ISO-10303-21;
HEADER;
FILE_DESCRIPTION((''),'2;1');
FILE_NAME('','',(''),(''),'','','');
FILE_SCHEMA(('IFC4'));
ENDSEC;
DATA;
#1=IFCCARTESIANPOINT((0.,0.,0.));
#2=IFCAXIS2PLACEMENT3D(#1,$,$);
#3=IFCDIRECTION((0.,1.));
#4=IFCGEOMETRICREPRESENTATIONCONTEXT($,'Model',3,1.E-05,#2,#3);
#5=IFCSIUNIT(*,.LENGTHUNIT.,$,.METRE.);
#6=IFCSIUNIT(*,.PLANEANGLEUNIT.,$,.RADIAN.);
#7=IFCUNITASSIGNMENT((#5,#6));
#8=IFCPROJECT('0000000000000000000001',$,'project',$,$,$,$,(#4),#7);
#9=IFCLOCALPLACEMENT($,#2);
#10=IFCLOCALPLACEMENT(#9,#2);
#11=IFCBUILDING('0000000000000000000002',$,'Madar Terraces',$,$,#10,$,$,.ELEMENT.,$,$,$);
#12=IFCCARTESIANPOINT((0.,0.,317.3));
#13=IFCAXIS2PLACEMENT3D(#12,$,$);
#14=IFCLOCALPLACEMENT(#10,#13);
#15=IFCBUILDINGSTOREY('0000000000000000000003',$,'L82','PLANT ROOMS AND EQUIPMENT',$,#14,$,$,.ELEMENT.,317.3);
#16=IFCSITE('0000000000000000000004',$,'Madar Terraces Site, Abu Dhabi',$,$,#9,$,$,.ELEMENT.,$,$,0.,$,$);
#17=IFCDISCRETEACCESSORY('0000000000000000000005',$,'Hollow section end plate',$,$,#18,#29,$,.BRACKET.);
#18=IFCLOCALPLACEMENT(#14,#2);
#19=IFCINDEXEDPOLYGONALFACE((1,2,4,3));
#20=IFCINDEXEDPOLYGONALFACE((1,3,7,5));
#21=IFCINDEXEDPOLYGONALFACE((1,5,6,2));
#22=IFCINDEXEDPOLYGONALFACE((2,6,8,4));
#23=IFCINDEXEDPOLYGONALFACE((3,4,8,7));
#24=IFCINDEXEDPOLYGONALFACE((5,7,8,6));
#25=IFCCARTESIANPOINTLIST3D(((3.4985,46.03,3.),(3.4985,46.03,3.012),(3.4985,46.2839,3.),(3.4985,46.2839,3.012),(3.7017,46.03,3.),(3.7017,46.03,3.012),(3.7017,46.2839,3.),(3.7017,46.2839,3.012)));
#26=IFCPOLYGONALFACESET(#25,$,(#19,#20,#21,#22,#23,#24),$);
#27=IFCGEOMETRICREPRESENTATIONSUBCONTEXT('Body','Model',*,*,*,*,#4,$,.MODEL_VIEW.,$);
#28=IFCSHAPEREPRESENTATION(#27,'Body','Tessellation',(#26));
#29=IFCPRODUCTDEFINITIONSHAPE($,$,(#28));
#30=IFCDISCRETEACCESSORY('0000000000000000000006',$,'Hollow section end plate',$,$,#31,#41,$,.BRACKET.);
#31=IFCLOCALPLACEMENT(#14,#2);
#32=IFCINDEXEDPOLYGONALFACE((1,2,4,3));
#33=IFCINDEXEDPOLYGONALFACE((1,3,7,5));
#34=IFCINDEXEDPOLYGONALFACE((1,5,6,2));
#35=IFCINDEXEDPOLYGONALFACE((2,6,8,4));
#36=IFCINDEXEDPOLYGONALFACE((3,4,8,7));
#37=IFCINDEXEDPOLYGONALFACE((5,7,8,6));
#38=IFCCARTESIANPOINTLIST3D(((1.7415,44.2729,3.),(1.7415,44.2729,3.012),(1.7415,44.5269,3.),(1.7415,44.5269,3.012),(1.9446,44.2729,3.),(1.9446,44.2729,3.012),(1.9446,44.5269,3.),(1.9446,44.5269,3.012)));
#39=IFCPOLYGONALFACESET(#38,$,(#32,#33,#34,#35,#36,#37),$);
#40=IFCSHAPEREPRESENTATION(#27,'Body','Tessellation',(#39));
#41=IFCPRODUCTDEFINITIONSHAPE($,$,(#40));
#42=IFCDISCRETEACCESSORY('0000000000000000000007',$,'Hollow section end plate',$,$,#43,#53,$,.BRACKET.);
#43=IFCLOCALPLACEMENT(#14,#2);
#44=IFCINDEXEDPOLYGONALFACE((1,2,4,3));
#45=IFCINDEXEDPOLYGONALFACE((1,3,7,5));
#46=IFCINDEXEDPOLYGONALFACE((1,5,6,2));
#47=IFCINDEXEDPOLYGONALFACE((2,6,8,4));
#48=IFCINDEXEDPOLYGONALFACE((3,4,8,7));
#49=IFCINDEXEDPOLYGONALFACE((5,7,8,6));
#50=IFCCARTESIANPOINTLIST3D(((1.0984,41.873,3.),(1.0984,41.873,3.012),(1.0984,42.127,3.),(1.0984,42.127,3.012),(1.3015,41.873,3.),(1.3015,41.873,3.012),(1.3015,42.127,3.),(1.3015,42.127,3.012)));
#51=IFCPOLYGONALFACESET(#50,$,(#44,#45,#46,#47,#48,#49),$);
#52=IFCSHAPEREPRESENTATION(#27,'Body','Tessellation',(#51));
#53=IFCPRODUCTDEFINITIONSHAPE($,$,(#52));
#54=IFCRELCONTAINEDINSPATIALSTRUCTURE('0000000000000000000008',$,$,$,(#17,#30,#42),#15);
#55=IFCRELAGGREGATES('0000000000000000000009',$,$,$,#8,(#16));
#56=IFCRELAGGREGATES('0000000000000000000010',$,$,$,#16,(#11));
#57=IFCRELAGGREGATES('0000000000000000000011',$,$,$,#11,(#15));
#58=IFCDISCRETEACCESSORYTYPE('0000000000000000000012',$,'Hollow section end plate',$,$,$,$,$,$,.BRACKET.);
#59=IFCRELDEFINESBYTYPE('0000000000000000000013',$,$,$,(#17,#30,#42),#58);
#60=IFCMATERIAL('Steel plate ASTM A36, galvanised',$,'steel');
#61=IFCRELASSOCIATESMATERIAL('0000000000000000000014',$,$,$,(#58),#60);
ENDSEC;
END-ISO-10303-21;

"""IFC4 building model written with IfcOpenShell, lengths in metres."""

from ifc_helpers import new_model, si_unit, direction, frame, origin, origin_2d, place, context, subcontext, project, spatial, rectangle, extrude, material, type_object, element, save


model = new_model("IFC4")

# Units and contexts
model_context = context("Model", 3, precision=1e-05, world=origin(), true_north=direction((0.0, 1.0)))
body_context = subcontext(model_context, "Body", "Model", "MODEL_VIEW")
ifc_project = project(units=[si_unit("LENGTHUNIT", "METRE"), si_unit("PLANEANGLEUNIT", "RADIAN")], contexts=[model_context])

# Site, building, storey
site_placement = place(None, origin())
site = spatial("IfcSite", under=ifc_project, at=site_placement, Name="Madar Terraces Site, Abu Dhabi", CompositionType="ELEMENT", RefElevation=0.0)
building_placement = place(site_placement, origin())
building = spatial("IfcBuilding", under=site, at=building_placement, Name="Madar Terraces", CompositionType="ELEMENT")
storey_placement = place(building_placement, frame((0.0, 0.0, 317.3)))
storey = spatial("IfcBuildingStorey", under=building, at=storey_placement, Name="L82", Description="PLANT ROOMS AND EQUIPMENT", CompositionType="ELEMENT", Elevation=317.3)

# Discrete accessories
ifc_material_1 = material(Name="Steel plate ASTM A36, galvanised", Category="steel")
discrete_accessory_type = type_object("IfcDiscreteAccessoryType", Name="Hollow section end plate", PredefinedType="BRACKET", material=ifc_material_1)
for number, where, z_axis, x_axis, name in (
    (1, (3.6001, 46.157, 3.0), (0.0, 0.0, 1.0), (1.0, 0.0, 0.0), "Hollow section end plate"),
    (2, (1.843, 44.3999, 3.0), (0.0, 0.0, 1.0), (1.0, 0.0, 0.0), "Hollow section end plate"),
    (3, (1.2, 42.0, 3.0), (0.0, 0.0, 1.0), (1.0, 0.0, 0.0), "Hollow section end plate"),
):
    element("IfcDiscreteAccessory", number, at=place(storey_placement, frame(where, z_axis=z_axis, x_axis=x_axis)), inside=storey, type_object=discrete_accessory_type, Name=name, PredefinedType="BRACKET", context=body_context, shape_type="SweptSolid", body=[
        extrude(rectangle(XDim=0.2031, YDim=0.2539, at=origin_2d()), origin(), (0.0, 0.0, 1.0), 0.012),
    ])

save(model, "model.ifc")
